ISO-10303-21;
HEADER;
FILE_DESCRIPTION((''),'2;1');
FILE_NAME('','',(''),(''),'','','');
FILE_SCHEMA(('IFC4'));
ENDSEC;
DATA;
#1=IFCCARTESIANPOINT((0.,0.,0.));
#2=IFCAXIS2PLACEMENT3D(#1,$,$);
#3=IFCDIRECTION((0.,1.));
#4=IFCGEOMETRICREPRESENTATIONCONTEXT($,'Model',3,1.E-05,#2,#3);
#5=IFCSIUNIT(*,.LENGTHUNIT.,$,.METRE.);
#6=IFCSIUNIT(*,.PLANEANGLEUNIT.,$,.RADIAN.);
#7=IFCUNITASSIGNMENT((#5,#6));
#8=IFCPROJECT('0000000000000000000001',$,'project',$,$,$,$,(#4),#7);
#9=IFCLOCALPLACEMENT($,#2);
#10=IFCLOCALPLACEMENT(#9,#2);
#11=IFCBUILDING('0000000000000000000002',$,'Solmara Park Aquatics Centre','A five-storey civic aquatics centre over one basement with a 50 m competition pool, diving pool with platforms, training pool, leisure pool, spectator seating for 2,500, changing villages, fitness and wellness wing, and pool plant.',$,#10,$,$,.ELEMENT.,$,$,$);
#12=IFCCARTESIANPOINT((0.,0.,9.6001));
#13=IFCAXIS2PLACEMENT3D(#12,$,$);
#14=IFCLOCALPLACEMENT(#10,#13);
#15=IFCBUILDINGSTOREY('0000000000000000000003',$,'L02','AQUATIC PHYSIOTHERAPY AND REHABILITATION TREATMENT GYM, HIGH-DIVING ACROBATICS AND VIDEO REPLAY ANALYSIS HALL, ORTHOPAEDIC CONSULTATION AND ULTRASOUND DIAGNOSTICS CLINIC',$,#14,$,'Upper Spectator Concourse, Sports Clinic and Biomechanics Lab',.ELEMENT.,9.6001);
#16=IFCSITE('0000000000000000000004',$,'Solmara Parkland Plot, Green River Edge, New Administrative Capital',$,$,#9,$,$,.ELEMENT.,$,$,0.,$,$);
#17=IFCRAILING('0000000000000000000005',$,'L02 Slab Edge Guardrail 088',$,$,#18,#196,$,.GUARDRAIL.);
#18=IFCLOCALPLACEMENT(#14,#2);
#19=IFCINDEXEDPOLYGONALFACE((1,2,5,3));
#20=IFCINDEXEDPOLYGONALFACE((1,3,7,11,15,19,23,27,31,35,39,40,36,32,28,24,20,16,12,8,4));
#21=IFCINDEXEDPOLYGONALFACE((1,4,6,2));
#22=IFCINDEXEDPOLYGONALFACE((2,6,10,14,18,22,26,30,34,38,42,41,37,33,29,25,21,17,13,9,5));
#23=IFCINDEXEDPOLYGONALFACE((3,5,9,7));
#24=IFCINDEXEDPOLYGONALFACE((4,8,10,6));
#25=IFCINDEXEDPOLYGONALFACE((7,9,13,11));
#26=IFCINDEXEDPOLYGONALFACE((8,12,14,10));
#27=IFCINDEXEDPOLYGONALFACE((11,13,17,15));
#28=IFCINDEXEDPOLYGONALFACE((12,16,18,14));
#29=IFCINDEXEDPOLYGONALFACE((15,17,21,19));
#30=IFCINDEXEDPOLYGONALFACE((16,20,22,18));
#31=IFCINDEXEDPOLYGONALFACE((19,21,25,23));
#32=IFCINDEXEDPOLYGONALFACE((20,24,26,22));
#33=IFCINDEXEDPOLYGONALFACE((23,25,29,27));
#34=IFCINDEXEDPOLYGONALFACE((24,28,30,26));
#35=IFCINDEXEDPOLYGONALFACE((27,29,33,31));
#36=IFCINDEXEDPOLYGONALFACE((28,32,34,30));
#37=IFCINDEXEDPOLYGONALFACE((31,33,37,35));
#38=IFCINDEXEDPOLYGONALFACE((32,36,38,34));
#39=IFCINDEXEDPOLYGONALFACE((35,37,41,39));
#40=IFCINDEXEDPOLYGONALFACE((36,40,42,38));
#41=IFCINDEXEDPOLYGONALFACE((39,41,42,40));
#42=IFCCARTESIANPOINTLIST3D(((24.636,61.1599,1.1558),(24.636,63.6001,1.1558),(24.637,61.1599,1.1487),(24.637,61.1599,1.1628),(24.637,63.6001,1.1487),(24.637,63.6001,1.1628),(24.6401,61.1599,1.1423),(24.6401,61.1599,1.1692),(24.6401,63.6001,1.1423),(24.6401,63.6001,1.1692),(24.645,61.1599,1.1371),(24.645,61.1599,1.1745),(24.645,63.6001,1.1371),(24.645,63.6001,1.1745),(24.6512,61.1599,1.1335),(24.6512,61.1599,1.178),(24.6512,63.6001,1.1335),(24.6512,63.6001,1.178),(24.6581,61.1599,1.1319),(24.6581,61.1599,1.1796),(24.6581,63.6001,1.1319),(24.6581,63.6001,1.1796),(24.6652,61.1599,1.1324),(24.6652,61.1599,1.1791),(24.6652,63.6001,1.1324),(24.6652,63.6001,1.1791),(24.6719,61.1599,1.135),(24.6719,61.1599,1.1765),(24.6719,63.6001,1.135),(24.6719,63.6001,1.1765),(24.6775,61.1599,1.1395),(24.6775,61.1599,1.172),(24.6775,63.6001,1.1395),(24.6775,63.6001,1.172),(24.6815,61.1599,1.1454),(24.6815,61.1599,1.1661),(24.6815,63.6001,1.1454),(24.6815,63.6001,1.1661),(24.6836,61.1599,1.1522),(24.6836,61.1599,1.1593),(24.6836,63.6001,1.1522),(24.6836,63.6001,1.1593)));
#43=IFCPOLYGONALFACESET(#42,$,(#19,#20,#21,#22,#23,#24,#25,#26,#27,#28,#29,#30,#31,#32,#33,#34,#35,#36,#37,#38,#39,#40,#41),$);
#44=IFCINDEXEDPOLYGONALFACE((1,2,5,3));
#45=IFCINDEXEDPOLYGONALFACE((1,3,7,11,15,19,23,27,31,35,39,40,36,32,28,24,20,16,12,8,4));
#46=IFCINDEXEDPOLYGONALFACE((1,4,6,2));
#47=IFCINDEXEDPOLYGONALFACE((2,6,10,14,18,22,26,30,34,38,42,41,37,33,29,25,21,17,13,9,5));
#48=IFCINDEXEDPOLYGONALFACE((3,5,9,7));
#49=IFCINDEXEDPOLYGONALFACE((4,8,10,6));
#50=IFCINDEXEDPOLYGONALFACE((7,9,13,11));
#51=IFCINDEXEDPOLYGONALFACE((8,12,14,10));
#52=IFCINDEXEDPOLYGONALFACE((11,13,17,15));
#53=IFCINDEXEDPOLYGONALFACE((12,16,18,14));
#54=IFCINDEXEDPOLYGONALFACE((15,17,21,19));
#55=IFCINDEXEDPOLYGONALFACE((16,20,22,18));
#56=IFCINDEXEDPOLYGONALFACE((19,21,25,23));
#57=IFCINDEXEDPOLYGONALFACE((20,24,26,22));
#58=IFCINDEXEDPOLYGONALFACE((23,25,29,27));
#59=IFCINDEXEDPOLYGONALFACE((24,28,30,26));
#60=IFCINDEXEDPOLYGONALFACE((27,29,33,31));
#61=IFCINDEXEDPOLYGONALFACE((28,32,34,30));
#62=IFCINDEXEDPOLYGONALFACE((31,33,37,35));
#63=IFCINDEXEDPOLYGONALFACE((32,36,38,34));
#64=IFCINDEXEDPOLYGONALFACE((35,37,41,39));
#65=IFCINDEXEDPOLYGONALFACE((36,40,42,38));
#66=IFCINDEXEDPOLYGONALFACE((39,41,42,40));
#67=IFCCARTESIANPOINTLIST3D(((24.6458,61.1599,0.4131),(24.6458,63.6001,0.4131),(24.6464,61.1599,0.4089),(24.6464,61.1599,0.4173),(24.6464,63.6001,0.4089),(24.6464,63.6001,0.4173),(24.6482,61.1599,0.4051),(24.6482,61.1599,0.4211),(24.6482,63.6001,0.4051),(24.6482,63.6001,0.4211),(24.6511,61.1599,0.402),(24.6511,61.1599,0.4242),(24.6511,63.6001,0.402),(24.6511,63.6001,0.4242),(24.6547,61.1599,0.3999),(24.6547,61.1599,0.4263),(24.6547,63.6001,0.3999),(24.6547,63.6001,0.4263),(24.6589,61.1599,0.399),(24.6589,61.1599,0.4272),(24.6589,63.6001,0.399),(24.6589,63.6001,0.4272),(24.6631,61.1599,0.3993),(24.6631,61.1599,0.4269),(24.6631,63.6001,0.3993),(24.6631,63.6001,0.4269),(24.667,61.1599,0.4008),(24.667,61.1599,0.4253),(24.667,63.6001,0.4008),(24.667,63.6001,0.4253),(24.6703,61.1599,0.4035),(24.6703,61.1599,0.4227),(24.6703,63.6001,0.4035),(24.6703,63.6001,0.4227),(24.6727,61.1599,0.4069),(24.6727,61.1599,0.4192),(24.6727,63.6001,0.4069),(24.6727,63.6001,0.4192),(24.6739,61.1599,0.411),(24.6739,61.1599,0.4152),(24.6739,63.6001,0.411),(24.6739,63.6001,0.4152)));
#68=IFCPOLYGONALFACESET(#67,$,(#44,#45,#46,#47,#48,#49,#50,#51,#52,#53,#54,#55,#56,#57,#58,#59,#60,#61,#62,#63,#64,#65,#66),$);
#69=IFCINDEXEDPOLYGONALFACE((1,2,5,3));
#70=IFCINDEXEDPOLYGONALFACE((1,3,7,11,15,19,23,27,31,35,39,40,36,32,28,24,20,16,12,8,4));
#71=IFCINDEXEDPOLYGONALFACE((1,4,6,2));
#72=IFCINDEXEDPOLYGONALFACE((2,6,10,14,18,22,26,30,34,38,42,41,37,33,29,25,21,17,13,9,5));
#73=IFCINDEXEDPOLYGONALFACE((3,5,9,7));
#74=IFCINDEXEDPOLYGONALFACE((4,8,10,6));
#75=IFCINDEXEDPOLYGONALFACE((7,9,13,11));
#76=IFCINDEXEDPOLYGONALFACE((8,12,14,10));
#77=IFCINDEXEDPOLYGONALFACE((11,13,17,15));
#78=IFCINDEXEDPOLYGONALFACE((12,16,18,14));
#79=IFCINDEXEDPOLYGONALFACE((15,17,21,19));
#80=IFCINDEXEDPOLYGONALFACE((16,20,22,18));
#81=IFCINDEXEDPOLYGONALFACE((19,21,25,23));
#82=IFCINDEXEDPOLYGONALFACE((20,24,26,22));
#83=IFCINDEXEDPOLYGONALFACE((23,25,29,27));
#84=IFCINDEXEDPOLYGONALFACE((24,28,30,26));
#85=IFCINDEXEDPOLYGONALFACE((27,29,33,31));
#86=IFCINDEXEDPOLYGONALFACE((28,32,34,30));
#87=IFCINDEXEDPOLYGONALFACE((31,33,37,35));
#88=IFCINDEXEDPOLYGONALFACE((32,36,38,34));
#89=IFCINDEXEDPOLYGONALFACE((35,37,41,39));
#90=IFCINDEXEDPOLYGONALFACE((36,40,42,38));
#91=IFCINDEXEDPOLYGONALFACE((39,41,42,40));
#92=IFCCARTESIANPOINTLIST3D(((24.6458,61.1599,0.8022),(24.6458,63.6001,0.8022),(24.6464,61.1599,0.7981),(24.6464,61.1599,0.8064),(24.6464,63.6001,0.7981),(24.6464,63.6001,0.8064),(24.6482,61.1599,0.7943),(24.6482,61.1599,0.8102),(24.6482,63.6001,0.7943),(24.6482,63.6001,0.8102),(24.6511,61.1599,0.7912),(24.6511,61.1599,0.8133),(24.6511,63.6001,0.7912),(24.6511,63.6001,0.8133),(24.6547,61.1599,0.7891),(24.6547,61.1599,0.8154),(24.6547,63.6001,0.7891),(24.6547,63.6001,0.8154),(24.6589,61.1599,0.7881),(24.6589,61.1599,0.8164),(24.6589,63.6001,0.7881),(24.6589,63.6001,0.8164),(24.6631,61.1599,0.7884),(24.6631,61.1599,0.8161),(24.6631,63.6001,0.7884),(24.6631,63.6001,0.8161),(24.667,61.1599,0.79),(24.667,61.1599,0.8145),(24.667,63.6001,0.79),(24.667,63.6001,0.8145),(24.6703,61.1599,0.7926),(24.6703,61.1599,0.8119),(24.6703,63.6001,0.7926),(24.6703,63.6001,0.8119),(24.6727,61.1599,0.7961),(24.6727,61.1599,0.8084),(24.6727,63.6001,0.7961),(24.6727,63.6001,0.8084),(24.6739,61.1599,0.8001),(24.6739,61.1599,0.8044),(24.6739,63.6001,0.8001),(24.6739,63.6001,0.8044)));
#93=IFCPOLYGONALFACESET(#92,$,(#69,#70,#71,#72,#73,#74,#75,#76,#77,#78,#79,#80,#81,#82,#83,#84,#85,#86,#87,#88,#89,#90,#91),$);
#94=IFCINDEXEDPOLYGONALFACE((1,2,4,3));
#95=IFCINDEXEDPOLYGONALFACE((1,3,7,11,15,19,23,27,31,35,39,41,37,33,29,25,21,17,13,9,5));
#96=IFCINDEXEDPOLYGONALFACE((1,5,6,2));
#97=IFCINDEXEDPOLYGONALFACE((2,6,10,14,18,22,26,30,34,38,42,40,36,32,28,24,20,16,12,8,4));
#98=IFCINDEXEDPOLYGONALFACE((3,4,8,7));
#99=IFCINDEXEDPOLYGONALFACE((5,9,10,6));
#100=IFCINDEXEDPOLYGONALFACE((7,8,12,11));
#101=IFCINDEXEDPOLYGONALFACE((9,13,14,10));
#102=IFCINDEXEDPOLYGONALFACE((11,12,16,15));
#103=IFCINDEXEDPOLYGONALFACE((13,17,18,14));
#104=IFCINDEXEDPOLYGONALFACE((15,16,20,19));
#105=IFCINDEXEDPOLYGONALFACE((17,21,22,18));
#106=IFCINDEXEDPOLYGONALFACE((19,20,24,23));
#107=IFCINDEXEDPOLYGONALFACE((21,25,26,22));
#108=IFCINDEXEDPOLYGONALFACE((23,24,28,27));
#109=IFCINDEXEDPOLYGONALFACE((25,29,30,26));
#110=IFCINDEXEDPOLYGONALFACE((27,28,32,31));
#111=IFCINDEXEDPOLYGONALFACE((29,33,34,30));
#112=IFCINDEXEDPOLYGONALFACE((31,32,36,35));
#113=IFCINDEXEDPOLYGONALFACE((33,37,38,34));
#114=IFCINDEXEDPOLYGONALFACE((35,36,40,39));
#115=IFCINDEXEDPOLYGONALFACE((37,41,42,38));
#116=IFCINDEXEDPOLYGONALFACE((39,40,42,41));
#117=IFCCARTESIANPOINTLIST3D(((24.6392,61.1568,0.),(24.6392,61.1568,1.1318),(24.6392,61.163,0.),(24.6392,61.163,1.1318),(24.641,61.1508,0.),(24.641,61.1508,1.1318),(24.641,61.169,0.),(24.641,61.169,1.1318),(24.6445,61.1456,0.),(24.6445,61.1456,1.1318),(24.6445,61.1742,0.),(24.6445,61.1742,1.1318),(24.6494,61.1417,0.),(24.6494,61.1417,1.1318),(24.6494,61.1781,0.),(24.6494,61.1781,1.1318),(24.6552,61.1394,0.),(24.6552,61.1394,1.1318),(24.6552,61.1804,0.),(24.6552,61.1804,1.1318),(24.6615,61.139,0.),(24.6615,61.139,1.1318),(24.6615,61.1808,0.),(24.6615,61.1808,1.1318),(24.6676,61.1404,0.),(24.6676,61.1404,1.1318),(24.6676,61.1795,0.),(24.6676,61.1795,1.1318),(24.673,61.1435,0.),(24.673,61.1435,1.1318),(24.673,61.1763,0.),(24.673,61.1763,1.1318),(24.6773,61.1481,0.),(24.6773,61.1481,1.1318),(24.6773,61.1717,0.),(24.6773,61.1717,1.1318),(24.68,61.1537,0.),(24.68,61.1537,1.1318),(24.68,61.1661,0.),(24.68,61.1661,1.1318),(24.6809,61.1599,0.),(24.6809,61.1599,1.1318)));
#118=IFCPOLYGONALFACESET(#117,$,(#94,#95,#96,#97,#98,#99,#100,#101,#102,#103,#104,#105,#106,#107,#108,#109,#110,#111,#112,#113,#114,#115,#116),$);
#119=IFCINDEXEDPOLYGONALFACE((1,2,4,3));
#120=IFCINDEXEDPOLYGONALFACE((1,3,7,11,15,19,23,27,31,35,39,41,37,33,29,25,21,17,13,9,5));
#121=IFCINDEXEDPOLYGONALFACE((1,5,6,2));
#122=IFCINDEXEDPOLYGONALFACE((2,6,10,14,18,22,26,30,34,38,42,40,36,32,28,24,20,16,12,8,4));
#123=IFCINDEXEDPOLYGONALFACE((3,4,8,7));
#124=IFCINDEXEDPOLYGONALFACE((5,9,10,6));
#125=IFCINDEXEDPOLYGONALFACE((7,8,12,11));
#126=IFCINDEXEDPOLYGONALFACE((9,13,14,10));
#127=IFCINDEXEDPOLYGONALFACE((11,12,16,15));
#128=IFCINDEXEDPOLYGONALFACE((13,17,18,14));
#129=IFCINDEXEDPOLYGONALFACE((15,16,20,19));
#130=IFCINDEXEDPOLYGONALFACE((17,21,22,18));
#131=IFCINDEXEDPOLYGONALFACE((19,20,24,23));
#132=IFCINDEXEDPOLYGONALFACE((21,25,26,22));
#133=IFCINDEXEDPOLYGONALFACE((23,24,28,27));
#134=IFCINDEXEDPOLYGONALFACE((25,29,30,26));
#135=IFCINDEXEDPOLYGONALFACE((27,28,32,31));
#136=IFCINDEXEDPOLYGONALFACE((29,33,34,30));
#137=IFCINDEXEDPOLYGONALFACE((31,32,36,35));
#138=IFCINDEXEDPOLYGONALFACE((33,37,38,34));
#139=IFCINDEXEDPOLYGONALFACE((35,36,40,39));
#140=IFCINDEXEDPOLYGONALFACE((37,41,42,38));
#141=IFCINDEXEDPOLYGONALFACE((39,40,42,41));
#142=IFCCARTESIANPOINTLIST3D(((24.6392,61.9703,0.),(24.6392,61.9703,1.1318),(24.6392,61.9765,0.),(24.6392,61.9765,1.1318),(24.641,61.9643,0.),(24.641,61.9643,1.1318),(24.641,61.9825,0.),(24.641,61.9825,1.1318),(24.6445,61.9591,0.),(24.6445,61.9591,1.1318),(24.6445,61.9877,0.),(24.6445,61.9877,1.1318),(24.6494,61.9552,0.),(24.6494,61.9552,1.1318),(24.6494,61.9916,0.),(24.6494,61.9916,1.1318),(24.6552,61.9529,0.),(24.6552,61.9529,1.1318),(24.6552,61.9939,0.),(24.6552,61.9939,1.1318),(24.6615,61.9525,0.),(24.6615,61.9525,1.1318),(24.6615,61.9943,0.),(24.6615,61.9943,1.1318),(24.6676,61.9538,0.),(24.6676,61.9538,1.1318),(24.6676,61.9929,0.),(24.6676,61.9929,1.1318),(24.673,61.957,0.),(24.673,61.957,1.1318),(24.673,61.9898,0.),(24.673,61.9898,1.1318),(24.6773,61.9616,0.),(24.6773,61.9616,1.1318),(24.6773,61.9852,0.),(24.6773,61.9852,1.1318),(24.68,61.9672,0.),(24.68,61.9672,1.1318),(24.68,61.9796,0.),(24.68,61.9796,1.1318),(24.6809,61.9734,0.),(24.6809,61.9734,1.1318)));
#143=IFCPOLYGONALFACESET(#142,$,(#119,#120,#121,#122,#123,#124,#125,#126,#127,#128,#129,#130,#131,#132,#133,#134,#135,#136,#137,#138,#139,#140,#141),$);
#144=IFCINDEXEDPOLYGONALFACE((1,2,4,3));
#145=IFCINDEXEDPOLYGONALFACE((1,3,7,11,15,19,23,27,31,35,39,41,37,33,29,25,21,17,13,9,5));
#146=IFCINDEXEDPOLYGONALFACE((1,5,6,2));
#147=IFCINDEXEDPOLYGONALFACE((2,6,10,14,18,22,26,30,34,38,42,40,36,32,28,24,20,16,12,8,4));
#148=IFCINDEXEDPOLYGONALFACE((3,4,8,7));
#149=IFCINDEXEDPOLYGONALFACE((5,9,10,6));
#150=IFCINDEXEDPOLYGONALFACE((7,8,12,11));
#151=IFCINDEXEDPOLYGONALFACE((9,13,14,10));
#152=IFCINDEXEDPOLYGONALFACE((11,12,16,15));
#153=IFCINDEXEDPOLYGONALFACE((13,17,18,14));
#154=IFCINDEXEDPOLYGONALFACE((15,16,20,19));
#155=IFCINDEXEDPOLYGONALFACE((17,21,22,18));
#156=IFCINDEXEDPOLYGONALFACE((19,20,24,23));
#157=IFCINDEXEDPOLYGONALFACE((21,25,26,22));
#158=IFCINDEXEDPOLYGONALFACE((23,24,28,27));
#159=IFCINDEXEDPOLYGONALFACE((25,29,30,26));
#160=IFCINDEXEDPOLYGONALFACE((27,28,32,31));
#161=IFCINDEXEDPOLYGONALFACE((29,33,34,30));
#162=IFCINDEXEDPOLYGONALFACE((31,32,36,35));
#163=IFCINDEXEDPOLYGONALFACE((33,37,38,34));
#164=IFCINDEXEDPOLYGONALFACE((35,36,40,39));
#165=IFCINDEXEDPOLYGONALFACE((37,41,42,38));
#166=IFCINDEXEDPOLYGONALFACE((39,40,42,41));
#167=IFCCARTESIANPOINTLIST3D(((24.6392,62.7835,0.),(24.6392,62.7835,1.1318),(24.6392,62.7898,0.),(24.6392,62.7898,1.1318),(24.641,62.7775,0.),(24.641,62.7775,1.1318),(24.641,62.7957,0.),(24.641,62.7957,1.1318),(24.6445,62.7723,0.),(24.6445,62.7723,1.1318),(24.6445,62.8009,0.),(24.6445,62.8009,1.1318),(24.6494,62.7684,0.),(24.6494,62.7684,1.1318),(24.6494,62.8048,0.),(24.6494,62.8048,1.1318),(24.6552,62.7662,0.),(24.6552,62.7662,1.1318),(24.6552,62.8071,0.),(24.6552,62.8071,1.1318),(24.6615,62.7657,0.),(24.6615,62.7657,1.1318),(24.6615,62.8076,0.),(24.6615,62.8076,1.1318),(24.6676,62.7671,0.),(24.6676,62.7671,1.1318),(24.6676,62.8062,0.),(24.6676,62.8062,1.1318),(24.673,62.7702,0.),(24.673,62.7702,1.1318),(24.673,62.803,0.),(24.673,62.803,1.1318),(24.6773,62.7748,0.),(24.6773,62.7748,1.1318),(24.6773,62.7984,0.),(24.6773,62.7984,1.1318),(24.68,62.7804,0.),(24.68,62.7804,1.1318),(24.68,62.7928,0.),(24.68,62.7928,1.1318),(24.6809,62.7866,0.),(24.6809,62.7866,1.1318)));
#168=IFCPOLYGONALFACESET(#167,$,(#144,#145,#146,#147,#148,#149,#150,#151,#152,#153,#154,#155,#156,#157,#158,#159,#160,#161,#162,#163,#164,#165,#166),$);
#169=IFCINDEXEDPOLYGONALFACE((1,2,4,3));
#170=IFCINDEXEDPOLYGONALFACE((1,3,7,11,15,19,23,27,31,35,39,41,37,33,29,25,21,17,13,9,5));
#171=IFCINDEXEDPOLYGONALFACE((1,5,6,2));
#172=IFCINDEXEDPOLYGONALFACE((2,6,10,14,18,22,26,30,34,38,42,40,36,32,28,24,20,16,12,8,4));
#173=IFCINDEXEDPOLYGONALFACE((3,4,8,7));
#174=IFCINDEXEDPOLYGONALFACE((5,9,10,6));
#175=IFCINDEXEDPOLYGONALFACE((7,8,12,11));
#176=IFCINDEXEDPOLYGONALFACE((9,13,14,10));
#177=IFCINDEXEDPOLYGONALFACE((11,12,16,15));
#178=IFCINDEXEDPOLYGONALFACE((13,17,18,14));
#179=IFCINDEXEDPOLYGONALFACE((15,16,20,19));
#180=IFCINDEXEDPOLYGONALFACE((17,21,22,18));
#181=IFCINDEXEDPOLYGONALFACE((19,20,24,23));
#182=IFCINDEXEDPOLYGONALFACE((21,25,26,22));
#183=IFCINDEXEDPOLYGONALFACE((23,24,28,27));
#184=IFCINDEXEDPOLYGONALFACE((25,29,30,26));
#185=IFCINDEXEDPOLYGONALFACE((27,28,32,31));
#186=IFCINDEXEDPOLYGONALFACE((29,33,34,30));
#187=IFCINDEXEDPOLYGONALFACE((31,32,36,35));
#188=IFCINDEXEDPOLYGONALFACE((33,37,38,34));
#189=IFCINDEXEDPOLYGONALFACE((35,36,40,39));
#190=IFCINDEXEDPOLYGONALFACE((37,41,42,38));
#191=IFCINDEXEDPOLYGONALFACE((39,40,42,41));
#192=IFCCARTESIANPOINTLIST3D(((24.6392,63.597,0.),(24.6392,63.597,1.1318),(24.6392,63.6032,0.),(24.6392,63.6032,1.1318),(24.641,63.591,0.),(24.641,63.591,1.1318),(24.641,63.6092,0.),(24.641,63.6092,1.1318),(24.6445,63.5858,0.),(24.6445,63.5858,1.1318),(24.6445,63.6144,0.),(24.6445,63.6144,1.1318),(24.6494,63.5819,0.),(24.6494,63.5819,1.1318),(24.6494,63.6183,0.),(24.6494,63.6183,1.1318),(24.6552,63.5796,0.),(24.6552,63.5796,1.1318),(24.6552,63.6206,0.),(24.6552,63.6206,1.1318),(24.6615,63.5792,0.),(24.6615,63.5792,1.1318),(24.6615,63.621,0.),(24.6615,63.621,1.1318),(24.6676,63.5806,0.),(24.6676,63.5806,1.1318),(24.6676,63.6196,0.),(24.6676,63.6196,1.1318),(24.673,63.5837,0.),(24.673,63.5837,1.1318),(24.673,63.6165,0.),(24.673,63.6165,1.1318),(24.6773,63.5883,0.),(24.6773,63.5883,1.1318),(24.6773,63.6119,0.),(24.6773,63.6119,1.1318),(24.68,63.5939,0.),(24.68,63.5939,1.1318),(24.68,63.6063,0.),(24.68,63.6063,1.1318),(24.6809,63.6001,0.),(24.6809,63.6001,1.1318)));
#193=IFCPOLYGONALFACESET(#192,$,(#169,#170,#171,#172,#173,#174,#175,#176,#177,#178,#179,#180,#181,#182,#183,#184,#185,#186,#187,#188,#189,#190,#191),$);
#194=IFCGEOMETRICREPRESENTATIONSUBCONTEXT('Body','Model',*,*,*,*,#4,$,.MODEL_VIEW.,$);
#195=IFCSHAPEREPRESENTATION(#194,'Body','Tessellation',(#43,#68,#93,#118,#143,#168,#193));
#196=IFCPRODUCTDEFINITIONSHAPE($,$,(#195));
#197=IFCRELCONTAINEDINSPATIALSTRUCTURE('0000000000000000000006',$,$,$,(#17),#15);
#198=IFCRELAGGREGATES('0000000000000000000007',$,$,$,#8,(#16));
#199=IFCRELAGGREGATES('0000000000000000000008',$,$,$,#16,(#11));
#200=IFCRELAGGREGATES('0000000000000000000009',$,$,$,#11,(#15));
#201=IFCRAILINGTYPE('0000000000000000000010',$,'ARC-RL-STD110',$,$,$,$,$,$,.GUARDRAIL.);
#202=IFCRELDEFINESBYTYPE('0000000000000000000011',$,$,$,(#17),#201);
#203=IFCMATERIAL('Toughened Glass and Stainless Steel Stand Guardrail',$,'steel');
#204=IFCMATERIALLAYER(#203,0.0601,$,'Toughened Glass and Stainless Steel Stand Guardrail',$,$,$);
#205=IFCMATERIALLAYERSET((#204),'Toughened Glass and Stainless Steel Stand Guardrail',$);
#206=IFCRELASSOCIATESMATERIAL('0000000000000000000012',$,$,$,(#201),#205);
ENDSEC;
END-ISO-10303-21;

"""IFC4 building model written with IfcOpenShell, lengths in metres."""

from ifc_helpers import new_model, si_unit, direction, frame, origin, origin_2d, place, context, subcontext, project, spatial, circle, extrude, material, layer, layer_set, type_object, element, save


model = new_model("IFC4")

# Units and contexts
model_context = context("Model", 3, precision=1e-05, world=origin(), true_north=direction((0.0, 1.0)))
body_context = subcontext(model_context, "Body", "Model", "MODEL_VIEW")
ifc_project = project(units=[si_unit("LENGTHUNIT", "METRE"), si_unit("PLANEANGLEUNIT", "RADIAN")], contexts=[model_context])

# Site, building, storey
site_placement = place(None, origin())
site = spatial("IfcSite", under=ifc_project, at=site_placement, Name="Solmara Parkland Plot, Green River Edge, New Administrative Capital", CompositionType="ELEMENT", RefElevation=0.0)
building_placement = place(site_placement, origin())
building = spatial("IfcBuilding", under=site, at=building_placement, Name="Solmara Park Aquatics Centre", Description="A five-storey civic aquatics centre over one basement with a 50 m competition pool, diving pool with platforms, training pool, leisure pool, spectator seating for 2,500, changing villages, fitness and wellness wing, and pool plant.", CompositionType="ELEMENT")
storey_placement = place(building_placement, frame((0.0, 0.0, 9.6001)))
storey = spatial("IfcBuildingStorey", under=building, at=storey_placement, Name="L02", Description="AQUATIC PHYSIOTHERAPY AND REHABILITATION TREATMENT GYM, HIGH-DIVING ACROBATICS AND VIDEO REPLAY ANALYSIS HALL, ORTHOPAEDIC CONSULTATION AND ULTRASOUND DIAGNOSTICS CLINIC", LongName="Upper Spectator Concourse, Sports Clinic and Biomechanics Lab", CompositionType="ELEMENT", Elevation=9.6001)

# Railing
ifc_material_1 = material(Name="Toughened Glass and Stainless Steel Stand Guardrail", Category="steel")
ifc_layer_1 = layer(ifc_material_1, 0.0601, Name="Toughened Glass and Stainless Steel Stand Guardrail")
ifc_layer_set_1 = layer_set([ifc_layer_1], Name="Toughened Glass and Stainless Steel Stand Guardrail")
railing_type_1 = type_object("IfcRailingType", Name="ARC-RL-STD110", PredefinedType="GUARDRAIL", material=ifc_layer_set_1)
railing_1_placement = place(storey_placement, frame((24.6599, 61.1599, 0.0)))
element("IfcRailing", 1, at=railing_1_placement, inside=storey, type_object=railing_type_1, Name="L02 Slab Edge Guardrail 088", PredefinedType="GUARDRAIL", context=body_context, shape_type="SweptSolid", body=[
    extrude(circle(Radius=0.0239, at=origin_2d()), frame((0.0, 0.0, 1.1558), z_axis=(0.0, 1.0, 0.0), x_axis=(-1.0, 0.0, 0.0)), (0.0, 0.0, 1.0), 2.4402),
    extrude(circle(Radius=0.0142, at=origin_2d()), frame((0.0, 0.0, 0.4131), z_axis=(0.0, 1.0, 0.0), x_axis=(-1.0, 0.0, 0.0)), (0.0, 0.0, 1.0), 2.4402),
    extrude(circle(Radius=0.0142, at=origin_2d()), frame((0.0, 0.0, 0.8022), z_axis=(0.0, 1.0, 0.0), x_axis=(-1.0, 0.0, 0.0)), (0.0, 0.0, 1.0), 2.4402),
    extrude(circle(Radius=0.021, at=origin_2d()), origin(), (0.0, 0.0, 1.0), 1.1318),
    extrude(circle(Radius=0.021, at=origin_2d()), frame((0.0, 0.8135, 0.0)), (0.0, 0.0, 1.0), 1.1318),
    extrude(circle(Radius=0.021, at=origin_2d()), frame((0.0, 1.6267, 0.0)), (0.0, 0.0, 1.0), 1.1318),
    extrude(circle(Radius=0.021, at=origin_2d()), frame((0.0, 2.4402, 0.0)), (0.0, 0.0, 1.0), 1.1318),
])

save(model, "model.ifc")
